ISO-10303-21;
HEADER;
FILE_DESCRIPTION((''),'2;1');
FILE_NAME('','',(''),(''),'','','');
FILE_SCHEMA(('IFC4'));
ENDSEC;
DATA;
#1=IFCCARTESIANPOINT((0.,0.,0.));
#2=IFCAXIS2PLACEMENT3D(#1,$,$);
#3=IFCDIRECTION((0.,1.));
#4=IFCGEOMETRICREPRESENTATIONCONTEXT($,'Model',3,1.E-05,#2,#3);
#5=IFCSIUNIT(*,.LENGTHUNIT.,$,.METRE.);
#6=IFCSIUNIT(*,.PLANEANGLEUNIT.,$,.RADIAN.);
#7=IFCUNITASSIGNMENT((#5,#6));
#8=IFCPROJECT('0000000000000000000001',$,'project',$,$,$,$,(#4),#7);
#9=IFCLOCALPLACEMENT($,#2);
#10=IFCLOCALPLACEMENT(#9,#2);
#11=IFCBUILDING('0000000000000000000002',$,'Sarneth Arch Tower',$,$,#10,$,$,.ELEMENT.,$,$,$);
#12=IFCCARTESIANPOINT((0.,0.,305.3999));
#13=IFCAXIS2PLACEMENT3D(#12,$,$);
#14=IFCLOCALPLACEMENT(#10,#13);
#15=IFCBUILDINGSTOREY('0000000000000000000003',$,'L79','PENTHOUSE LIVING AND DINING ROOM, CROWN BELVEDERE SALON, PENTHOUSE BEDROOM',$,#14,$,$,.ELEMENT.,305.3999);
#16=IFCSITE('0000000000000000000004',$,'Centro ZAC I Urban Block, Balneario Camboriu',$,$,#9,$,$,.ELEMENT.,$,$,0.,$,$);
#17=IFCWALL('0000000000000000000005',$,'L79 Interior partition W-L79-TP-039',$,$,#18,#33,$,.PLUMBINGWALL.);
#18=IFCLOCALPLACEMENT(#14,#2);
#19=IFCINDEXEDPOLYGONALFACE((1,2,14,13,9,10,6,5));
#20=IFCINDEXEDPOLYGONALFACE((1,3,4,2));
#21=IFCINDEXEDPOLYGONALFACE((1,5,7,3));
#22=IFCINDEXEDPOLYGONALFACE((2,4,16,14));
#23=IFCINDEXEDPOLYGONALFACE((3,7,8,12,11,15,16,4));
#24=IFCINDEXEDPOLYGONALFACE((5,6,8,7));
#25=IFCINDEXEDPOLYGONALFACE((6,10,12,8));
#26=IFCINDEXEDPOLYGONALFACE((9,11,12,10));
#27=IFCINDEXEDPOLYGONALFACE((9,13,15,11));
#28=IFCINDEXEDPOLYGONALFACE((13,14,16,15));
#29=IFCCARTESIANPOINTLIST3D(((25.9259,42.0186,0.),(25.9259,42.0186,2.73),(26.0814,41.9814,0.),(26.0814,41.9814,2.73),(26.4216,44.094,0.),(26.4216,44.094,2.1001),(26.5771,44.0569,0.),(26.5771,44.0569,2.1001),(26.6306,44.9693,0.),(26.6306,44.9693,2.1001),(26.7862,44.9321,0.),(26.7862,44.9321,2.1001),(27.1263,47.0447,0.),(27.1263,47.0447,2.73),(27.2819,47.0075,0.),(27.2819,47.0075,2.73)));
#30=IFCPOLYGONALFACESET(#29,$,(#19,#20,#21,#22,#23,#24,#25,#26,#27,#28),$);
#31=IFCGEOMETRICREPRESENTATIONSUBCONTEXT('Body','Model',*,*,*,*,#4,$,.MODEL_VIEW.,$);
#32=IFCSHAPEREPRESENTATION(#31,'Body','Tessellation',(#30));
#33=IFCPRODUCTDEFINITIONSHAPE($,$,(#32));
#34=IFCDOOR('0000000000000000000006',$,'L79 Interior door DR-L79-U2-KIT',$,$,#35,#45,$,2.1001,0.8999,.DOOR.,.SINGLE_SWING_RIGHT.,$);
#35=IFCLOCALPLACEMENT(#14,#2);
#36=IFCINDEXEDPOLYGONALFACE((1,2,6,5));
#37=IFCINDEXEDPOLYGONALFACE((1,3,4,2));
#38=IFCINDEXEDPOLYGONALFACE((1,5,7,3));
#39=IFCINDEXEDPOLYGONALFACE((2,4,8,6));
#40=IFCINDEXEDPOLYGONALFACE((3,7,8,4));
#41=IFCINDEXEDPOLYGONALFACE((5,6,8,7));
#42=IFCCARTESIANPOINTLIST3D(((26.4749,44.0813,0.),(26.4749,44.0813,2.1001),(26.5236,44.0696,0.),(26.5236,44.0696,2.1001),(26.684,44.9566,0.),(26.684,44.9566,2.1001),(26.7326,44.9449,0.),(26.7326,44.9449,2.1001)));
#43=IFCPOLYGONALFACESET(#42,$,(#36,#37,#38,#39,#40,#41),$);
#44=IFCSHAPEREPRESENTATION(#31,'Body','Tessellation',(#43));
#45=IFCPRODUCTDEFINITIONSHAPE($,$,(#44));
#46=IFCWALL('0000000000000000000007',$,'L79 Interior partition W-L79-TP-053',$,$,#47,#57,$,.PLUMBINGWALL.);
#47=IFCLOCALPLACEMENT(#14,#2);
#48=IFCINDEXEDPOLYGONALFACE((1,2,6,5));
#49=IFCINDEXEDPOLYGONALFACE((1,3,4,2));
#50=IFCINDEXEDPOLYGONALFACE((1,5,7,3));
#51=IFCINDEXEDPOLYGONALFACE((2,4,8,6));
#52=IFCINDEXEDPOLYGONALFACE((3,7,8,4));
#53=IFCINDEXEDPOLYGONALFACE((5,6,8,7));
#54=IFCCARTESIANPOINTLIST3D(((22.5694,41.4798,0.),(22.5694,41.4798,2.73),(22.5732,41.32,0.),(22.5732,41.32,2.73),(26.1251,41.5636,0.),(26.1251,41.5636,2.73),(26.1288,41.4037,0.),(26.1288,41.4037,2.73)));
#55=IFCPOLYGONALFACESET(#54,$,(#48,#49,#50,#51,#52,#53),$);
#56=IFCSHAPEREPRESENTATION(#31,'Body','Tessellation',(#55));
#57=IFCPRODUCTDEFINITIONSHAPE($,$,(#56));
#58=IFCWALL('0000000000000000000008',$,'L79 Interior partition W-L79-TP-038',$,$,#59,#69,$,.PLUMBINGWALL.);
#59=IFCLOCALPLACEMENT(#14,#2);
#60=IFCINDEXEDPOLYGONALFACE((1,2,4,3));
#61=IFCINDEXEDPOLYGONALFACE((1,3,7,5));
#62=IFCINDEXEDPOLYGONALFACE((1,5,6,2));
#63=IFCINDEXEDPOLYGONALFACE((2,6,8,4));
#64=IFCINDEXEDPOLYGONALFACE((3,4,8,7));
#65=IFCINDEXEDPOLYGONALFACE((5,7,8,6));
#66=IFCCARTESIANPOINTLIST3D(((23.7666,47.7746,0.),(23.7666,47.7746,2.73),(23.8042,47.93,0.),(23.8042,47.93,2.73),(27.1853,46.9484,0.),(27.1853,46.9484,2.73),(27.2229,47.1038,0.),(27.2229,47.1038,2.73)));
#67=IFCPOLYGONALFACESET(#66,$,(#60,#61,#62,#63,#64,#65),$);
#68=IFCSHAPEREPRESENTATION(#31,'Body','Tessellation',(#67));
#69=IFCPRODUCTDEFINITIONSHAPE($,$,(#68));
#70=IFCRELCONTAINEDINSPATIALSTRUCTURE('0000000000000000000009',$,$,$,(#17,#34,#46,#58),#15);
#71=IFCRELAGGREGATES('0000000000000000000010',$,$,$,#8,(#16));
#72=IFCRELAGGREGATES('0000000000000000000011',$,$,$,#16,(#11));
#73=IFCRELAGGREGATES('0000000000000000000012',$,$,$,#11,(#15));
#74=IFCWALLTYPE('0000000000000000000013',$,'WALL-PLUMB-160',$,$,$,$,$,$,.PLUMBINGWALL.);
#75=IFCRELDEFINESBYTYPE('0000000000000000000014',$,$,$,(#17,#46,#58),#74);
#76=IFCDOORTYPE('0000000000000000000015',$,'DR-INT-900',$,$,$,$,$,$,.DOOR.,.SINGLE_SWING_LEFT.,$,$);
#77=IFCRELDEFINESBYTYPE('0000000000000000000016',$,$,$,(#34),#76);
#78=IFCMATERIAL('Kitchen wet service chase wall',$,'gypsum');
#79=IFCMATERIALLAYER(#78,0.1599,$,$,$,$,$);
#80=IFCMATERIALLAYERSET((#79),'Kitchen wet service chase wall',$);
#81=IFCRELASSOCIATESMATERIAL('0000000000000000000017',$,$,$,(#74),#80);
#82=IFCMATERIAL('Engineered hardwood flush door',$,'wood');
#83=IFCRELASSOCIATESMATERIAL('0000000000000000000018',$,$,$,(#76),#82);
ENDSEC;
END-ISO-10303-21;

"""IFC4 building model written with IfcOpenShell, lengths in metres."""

from ifc_helpers import new_model, si_unit, direction, frame, frame_2d, origin, place, context, subcontext, project, spatial, rectangle, extrude, material, layer, layer_set, type_object, element, fill, save


model = new_model("IFC4")

# Units and contexts
model_context = context("Model", 3, precision=1e-05, world=origin(), true_north=direction((0.0, 1.0)))
body_context = subcontext(model_context, "Body", "Model", "MODEL_VIEW")
ifc_project = project(units=[si_unit("LENGTHUNIT", "METRE"), si_unit("PLANEANGLEUNIT", "RADIAN")], contexts=[model_context])

# Site, building, storey
site_placement = place(None, origin())
site = spatial("IfcSite", under=ifc_project, at=site_placement, Name="Centro ZAC I Urban Block, Balneario Camboriu", CompositionType="ELEMENT", RefElevation=0.0)
building_placement = place(site_placement, origin())
building = spatial("IfcBuilding", under=site, at=building_placement, Name="Sarneth Arch Tower", CompositionType="ELEMENT")
storey_placement = place(building_placement, frame((0.0, 0.0, 305.3999)))
storey = spatial("IfcBuildingStorey", under=building, at=storey_placement, Name="L79", Description="PENTHOUSE LIVING AND DINING ROOM, CROWN BELVEDERE SALON, PENTHOUSE BEDROOM", CompositionType="ELEMENT", Elevation=305.3999)

# Wall, opening, door
ifc_material_1 = material(Name="Kitchen wet service chase wall", Category="gypsum")
ifc_layer_1 = layer(ifc_material_1, 0.1599)
ifc_layer_set_1 = layer_set([ifc_layer_1], Name="Kitchen wet service chase wall")
wall_type_1 = type_object("IfcWallType", Name="WALL-PLUMB-160", PredefinedType="PLUMBINGWALL", material=ifc_layer_set_1)
wall_1_placement = place(storey_placement, frame((27.2041, 47.0261, 0.0), z_axis=(0.0, 0.0, 1.0), x_axis=(-0.232306, -0.972643, 0.0)))
wall_1 = element("IfcWall", 1, at=wall_1_placement, inside=storey, type_object=wall_type_1, Name="L79 Interior partition W-L79-TP-039", PredefinedType="PLUMBINGWALL", context=body_context, shape_type="SweptSolid", body=[
    extrude(rectangle(XDim=5.1675, YDim=0.1599, at=frame_2d((2.5837, 0.0))), origin(), (0.0, 0.0, 1.0), 2.73),
])
opening_1_placement = place(wall_1_placement, frame((2.1338, 0.0, 0.0)))
opening_1 = element("IfcOpeningElement", 2, at=opening_1_placement, cuts=wall_1, PredefinedType="OPENING", context=body_context, shape_type="SweptSolid", body=[
    extrude(rectangle(XDim=0.8999, YDim=2.1001, at=frame_2d((0.45, 1.05))), frame((0.0, 0.0898, 0.0), z_axis=(0.0, -1.0, 0.0), x_axis=(1.0, 0.0, 0.0)), (0.0, 0.0, 1.0), 0.1799),
])
ifc_material_2 = material(Name="Engineered hardwood flush door", Category="wood")
door_type_1 = type_object("IfcDoorType", Name="DR-INT-900", OperationType="SINGLE_SWING_LEFT", PredefinedType="DOOR", material=ifc_material_2)
door_1_placement = place(opening_1_placement, origin())
door_1 = element("IfcDoor", 3, at=door_1_placement, inside=storey, type_object=door_type_1, Name="L79 Interior door DR-L79-U2-KIT", OperationType="SINGLE_SWING_RIGHT", OverallHeight=2.1001, OverallWidth=0.8999, PredefinedType="DOOR", context=body_context, shape_type="SweptSolid", body=[
    extrude(rectangle(XDim=0.8999, YDim=2.1001, at=frame_2d((0.45, 1.05))), frame((0.0, 0.0249, 0.0), z_axis=(0.0, -1.0, 0.0), x_axis=(1.0, 0.0, 0.0)), (0.0, 0.0, 1.0), 0.05),
])
fill(opening_1, door_1)

# Walls
wall_2_placement = place(storey_placement, frame((26.127, 41.4836, 0.0), z_axis=(0.0, 0.0, 1.0), x_axis=(-0.999723, -0.023545, 0.0)))
element("IfcWall", 4, at=wall_2_placement, inside=storey, type_object=wall_type_1, Name="L79 Interior partition W-L79-TP-053", PredefinedType="PLUMBINGWALL", context=body_context, shape_type="SweptSolid", body=[
    extrude(rectangle(XDim=3.5566, YDim=0.1599, at=frame_2d((1.7783, 0.0))), origin(), (0.0, 0.0, 1.0), 2.73),
])
wall_3_placement = place(storey_placement, frame((23.7854, 47.8523, 0.0), z_axis=(0.0, 0.0, 1.0), x_axis=(0.972019, -0.234901, 0.0)))
element("IfcWall", 5, at=wall_3_placement, inside=storey, type_object=wall_type_1, Name="L79 Interior partition W-L79-TP-038", PredefinedType="PLUMBINGWALL", context=body_context, shape_type="SweptSolid", body=[
    extrude(rectangle(XDim=3.5171, YDim=0.1599, at=frame_2d((1.7585, 0.0))), origin(), (0.0, 0.0, 1.0), 2.73),
])

save(model, "model.ifc")
